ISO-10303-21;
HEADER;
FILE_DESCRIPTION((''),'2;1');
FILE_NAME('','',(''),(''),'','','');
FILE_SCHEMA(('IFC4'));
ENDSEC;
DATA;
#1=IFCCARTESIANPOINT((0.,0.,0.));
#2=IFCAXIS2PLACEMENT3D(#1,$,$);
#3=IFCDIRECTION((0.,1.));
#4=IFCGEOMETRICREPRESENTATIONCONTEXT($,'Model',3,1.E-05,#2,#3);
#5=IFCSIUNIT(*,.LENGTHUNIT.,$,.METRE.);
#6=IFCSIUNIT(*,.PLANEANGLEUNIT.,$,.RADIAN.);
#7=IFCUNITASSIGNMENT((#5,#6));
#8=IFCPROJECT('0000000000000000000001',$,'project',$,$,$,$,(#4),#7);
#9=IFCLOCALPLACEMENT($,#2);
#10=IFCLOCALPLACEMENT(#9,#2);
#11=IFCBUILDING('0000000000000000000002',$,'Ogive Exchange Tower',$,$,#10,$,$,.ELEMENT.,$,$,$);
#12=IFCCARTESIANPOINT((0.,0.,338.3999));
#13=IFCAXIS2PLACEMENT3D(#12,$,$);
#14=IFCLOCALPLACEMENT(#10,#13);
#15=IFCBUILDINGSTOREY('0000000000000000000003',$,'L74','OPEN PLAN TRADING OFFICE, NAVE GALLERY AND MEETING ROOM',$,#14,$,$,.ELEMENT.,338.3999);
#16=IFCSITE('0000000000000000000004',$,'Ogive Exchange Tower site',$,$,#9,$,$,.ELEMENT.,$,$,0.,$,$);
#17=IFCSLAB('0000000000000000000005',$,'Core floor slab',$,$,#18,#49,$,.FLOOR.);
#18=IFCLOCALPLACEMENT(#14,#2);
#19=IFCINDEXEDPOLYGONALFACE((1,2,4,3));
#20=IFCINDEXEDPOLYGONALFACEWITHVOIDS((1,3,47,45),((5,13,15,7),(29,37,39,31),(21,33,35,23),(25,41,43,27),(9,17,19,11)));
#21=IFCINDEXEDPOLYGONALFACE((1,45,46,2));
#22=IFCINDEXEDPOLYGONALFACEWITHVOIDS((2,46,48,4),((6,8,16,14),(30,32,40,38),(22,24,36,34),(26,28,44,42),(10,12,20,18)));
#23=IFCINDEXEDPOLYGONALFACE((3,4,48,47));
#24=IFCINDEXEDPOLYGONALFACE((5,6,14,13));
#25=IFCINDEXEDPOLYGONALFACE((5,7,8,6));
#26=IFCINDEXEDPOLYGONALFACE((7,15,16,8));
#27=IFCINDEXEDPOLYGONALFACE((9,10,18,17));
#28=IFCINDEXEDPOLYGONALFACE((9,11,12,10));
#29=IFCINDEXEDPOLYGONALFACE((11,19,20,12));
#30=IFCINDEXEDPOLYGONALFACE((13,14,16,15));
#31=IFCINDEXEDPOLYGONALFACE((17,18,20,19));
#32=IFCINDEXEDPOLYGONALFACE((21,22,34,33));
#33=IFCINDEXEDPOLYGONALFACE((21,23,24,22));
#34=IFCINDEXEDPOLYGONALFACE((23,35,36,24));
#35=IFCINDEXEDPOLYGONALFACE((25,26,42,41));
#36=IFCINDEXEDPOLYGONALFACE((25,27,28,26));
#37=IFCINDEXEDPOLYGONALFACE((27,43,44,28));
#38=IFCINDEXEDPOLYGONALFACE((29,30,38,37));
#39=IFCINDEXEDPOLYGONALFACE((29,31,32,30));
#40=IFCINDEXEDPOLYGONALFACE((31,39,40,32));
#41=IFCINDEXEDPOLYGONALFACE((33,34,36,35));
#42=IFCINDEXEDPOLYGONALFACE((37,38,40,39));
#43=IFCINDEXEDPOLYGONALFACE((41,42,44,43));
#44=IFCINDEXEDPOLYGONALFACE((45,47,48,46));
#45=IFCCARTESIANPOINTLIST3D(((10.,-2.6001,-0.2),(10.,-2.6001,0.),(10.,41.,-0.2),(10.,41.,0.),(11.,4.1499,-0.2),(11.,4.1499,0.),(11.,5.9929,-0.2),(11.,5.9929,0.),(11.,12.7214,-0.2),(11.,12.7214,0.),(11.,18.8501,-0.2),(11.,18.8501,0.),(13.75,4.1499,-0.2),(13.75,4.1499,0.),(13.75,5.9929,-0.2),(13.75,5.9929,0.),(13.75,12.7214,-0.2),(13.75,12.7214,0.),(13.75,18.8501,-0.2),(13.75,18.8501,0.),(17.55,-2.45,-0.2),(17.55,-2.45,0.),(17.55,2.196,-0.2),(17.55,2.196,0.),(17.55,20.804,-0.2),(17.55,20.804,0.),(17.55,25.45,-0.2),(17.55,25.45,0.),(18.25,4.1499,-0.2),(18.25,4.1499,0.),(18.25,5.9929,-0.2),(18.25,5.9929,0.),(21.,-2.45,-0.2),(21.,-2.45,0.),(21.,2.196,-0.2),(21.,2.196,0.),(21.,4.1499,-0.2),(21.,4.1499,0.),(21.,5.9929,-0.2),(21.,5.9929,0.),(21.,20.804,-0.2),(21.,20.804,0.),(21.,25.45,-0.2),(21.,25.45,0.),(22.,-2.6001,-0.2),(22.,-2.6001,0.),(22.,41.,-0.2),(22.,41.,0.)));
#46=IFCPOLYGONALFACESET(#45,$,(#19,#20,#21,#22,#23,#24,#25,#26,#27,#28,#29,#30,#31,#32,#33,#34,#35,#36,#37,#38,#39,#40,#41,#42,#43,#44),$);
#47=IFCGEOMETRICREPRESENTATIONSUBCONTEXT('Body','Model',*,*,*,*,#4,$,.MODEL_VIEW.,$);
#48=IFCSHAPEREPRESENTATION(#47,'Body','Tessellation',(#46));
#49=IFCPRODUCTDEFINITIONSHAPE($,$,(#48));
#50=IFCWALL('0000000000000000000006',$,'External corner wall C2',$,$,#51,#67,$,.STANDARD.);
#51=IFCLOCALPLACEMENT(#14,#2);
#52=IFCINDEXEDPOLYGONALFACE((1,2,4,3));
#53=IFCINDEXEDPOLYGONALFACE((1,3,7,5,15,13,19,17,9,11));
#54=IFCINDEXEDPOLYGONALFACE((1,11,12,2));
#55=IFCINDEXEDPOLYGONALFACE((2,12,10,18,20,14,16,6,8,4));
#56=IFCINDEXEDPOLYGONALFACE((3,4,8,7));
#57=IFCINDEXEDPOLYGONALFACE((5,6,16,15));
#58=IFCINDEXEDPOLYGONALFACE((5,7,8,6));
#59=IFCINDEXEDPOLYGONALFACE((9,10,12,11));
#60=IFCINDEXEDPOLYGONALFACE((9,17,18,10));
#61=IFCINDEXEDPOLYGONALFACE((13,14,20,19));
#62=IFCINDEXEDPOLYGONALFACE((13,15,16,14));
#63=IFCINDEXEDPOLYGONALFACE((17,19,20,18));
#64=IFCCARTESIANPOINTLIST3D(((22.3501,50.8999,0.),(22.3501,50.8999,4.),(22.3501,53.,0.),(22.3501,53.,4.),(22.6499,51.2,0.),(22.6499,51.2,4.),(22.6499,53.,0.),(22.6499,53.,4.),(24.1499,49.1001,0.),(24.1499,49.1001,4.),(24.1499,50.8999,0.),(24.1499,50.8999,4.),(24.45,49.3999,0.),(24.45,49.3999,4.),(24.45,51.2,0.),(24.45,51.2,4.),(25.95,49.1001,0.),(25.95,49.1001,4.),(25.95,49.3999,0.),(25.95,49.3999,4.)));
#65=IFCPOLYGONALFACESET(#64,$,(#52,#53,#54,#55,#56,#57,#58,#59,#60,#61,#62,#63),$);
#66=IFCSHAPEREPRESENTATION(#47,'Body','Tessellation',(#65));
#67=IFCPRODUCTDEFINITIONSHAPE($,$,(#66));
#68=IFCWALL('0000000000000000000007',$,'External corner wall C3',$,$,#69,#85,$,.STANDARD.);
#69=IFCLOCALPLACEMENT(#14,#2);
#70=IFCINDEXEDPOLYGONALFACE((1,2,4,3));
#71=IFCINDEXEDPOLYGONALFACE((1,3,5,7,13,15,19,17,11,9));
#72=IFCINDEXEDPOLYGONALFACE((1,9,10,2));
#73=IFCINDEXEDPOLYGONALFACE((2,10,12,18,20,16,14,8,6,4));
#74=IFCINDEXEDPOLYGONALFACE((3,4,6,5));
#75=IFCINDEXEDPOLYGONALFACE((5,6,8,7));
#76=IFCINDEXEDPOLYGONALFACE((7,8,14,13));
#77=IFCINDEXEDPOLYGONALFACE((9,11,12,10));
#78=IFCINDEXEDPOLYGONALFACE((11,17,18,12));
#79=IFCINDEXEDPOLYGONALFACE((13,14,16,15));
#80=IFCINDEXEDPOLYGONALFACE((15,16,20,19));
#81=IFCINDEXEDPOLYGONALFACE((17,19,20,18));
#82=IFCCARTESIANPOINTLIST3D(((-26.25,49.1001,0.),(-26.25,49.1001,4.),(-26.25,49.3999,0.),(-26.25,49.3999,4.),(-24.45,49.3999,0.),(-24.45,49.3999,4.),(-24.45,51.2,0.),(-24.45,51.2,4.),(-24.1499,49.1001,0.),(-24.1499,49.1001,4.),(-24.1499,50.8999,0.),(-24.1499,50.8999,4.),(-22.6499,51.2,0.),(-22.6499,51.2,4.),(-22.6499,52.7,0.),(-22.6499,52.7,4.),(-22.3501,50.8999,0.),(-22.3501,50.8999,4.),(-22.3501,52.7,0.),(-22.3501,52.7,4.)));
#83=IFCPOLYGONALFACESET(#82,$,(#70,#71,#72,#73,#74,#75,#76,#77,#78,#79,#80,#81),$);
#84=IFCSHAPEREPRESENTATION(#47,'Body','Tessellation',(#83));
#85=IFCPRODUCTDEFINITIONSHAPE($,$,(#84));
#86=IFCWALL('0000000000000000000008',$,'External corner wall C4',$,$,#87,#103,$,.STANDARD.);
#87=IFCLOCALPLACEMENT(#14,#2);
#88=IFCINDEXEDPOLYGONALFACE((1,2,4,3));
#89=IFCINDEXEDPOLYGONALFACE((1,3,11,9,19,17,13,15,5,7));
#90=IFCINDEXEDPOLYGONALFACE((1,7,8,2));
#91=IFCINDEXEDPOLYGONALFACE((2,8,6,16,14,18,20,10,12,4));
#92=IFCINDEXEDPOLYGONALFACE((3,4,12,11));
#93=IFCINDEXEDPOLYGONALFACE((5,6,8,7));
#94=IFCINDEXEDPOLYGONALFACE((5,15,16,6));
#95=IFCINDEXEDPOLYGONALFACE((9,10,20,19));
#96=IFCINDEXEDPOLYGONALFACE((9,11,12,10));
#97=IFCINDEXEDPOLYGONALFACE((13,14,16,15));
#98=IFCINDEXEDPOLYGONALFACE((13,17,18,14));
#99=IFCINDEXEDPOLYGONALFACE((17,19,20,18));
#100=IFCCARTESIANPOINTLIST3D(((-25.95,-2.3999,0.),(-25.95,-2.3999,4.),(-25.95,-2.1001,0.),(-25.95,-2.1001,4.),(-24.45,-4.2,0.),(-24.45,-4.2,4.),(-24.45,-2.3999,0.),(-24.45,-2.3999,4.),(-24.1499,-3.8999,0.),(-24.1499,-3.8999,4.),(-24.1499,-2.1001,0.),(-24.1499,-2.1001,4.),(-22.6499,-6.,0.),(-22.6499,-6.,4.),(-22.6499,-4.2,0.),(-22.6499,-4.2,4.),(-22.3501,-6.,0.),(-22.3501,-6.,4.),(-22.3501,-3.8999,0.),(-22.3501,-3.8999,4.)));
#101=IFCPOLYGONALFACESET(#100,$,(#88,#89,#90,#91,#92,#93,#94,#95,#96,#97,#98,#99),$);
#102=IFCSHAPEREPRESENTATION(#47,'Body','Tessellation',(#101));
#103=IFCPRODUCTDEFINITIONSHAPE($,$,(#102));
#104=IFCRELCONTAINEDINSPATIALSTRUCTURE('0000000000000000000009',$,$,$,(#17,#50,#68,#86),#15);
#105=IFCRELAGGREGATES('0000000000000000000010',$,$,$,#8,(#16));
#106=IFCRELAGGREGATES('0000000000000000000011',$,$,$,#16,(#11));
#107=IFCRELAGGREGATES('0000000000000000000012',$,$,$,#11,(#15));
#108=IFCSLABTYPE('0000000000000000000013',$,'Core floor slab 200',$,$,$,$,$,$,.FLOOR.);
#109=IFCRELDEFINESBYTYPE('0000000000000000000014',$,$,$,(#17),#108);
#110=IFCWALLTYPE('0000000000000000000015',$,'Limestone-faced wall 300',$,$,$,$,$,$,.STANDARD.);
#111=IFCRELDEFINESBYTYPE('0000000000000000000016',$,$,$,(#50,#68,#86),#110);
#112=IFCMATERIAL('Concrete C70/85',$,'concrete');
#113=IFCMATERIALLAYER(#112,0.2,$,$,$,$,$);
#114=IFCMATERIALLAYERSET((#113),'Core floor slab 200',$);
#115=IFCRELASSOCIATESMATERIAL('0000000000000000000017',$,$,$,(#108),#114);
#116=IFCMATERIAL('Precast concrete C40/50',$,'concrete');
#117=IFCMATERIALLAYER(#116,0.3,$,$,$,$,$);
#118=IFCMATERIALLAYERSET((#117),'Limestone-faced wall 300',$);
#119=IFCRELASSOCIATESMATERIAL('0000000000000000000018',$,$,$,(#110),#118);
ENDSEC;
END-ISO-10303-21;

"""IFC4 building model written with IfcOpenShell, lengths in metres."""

from ifc_helpers import new_model, si_unit, direction, frame, origin, place, context, subcontext, project, spatial, polyline, outline, extrude, material, layer, layer_set, type_object, element, save


model = new_model("IFC4")

# Units and contexts
model_context = context("Model", 3, precision=1e-05, world=origin(), true_north=direction((0.0, 1.0)))
body_context = subcontext(model_context, "Body", "Model", "MODEL_VIEW")
ifc_project = project(units=[si_unit("LENGTHUNIT", "METRE"), si_unit("PLANEANGLEUNIT", "RADIAN")], contexts=[model_context])

# Site, building, storey
site_placement = place(None, origin())
site = spatial("IfcSite", under=ifc_project, at=site_placement, Name="Ogive Exchange Tower site", CompositionType="ELEMENT", RefElevation=0.0)
building_placement = place(site_placement, origin())
building = spatial("IfcBuilding", under=site, at=building_placement, Name="Ogive Exchange Tower", CompositionType="ELEMENT")
storey_placement = place(building_placement, frame((0.0, 0.0, 338.3999)))
storey = spatial("IfcBuildingStorey", under=building, at=storey_placement, Name="L74", Description="OPEN PLAN TRADING OFFICE, NAVE GALLERY AND MEETING ROOM", CompositionType="ELEMENT", Elevation=338.3999)

# Slab
ifc_material_1 = material(Name="Concrete C70/85", Category="concrete")
ifc_layer_1 = layer(ifc_material_1, 0.2)
ifc_layer_set_1 = layer_set([ifc_layer_1], Name="Core floor slab 200")
slab_type = type_object("IfcSlabType", Name="Core floor slab 200", PredefinedType="FLOOR", material=ifc_layer_set_1)
slab_1_placement = place(storey_placement, frame((0.0, 0.0, -0.2)))
element("IfcSlab", 1, at=slab_1_placement, inside=storey, type_object=slab_type, Name="Core floor slab", PredefinedType="FLOOR", context=body_context, shape_type="SweptSolid", body=[
    extrude(outline(polyline([(10.0, -2.6001), (10.0, 41.0), (22.0, 41.0), (22.0, -2.6001), (10.0, -2.6001)]), holes=[polyline([(21.0, 2.196), (17.55, 2.196), (17.55, -2.45), (21.0, -2.45), (21.0, 2.196)]), polyline([(11.0, 5.9929), (11.0, 4.1499), (13.75, 4.1499), (13.75, 5.9929), (11.0, 5.9929)]), polyline([(18.25, 5.9929), (18.25, 4.1499), (21.0, 4.1499), (21.0, 5.9929), (18.25, 5.9929)]), polyline([(13.75, 18.8501), (11.0, 18.8501), (11.0, 12.7214), (13.75, 12.7214), (13.75, 18.8501)]), polyline([(17.55, 25.45), (17.55, 20.804), (21.0, 20.804), (21.0, 25.45), (17.55, 25.45)])]), origin(), (0.0, 0.0, 1.0), 0.2),
])

# Walls
ifc_material_2 = material(Name="Precast concrete C40/50", Category="concrete")
ifc_layer_2 = layer(ifc_material_2, 0.3)
ifc_layer_set_2 = layer_set([ifc_layer_2], Name="Limestone-faced wall 300")
wall_type_1 = type_object("IfcWallType", Name="Limestone-faced wall 300", PredefinedType="STANDARD", material=ifc_layer_set_2)
wall_1_placement = place(storey_placement, origin())
element("IfcWall", 2, at=wall_1_placement, inside=storey, type_object=wall_type_1, Name="External corner wall C2", PredefinedType="STANDARD", context=body_context, shape_type="SweptSolid", body=[
    extrude(outline(polyline([(24.1499, 50.8999), (22.3501, 50.8999), (22.3501, 53.0), (22.6499, 53.0), (22.6499, 51.2), (24.45, 51.2), (24.45, 49.3999), (25.95, 49.3999), (25.95, 49.1001), (24.1499, 49.1001), (24.1499, 50.8999)])), origin(), (0.0, 0.0, 1.0), 4.0),
])
wall_2_placement = place(storey_placement, origin())
element("IfcWall", 3, at=wall_2_placement, inside=storey, type_object=wall_type_1, Name="External corner wall C3", PredefinedType="STANDARD", context=body_context, shape_type="SweptSolid", body=[
    extrude(outline(polyline([(-24.45, 49.3999), (-24.45, 51.2), (-22.6499, 51.2), (-22.6499, 52.7), (-22.3501, 52.7), (-22.3501, 50.8999), (-24.1499, 50.8999), (-24.1499, 49.1001), (-26.25, 49.1001), (-26.25, 49.3999), (-24.45, 49.3999)])), origin(), (0.0, 0.0, 1.0), 4.0),
])
wall_3_placement = place(storey_placement, origin())
element("IfcWall", 4, at=wall_3_placement, inside=storey, type_object=wall_type_1, Name="External corner wall C4", PredefinedType="STANDARD", context=body_context, shape_type="SweptSolid", body=[
    extrude(outline(polyline([(-22.6499, -4.2), (-24.45, -4.2), (-24.45, -2.3999), (-25.95, -2.3999), (-25.95, -2.1001), (-24.1499, -2.1001), (-24.1499, -3.8999), (-22.3501, -3.8999), (-22.3501, -6.0), (-22.6499, -6.0), (-22.6499, -4.2)])), origin(), (0.0, 0.0, 1.0), 4.0),
])

save(model, "model.ifc")
